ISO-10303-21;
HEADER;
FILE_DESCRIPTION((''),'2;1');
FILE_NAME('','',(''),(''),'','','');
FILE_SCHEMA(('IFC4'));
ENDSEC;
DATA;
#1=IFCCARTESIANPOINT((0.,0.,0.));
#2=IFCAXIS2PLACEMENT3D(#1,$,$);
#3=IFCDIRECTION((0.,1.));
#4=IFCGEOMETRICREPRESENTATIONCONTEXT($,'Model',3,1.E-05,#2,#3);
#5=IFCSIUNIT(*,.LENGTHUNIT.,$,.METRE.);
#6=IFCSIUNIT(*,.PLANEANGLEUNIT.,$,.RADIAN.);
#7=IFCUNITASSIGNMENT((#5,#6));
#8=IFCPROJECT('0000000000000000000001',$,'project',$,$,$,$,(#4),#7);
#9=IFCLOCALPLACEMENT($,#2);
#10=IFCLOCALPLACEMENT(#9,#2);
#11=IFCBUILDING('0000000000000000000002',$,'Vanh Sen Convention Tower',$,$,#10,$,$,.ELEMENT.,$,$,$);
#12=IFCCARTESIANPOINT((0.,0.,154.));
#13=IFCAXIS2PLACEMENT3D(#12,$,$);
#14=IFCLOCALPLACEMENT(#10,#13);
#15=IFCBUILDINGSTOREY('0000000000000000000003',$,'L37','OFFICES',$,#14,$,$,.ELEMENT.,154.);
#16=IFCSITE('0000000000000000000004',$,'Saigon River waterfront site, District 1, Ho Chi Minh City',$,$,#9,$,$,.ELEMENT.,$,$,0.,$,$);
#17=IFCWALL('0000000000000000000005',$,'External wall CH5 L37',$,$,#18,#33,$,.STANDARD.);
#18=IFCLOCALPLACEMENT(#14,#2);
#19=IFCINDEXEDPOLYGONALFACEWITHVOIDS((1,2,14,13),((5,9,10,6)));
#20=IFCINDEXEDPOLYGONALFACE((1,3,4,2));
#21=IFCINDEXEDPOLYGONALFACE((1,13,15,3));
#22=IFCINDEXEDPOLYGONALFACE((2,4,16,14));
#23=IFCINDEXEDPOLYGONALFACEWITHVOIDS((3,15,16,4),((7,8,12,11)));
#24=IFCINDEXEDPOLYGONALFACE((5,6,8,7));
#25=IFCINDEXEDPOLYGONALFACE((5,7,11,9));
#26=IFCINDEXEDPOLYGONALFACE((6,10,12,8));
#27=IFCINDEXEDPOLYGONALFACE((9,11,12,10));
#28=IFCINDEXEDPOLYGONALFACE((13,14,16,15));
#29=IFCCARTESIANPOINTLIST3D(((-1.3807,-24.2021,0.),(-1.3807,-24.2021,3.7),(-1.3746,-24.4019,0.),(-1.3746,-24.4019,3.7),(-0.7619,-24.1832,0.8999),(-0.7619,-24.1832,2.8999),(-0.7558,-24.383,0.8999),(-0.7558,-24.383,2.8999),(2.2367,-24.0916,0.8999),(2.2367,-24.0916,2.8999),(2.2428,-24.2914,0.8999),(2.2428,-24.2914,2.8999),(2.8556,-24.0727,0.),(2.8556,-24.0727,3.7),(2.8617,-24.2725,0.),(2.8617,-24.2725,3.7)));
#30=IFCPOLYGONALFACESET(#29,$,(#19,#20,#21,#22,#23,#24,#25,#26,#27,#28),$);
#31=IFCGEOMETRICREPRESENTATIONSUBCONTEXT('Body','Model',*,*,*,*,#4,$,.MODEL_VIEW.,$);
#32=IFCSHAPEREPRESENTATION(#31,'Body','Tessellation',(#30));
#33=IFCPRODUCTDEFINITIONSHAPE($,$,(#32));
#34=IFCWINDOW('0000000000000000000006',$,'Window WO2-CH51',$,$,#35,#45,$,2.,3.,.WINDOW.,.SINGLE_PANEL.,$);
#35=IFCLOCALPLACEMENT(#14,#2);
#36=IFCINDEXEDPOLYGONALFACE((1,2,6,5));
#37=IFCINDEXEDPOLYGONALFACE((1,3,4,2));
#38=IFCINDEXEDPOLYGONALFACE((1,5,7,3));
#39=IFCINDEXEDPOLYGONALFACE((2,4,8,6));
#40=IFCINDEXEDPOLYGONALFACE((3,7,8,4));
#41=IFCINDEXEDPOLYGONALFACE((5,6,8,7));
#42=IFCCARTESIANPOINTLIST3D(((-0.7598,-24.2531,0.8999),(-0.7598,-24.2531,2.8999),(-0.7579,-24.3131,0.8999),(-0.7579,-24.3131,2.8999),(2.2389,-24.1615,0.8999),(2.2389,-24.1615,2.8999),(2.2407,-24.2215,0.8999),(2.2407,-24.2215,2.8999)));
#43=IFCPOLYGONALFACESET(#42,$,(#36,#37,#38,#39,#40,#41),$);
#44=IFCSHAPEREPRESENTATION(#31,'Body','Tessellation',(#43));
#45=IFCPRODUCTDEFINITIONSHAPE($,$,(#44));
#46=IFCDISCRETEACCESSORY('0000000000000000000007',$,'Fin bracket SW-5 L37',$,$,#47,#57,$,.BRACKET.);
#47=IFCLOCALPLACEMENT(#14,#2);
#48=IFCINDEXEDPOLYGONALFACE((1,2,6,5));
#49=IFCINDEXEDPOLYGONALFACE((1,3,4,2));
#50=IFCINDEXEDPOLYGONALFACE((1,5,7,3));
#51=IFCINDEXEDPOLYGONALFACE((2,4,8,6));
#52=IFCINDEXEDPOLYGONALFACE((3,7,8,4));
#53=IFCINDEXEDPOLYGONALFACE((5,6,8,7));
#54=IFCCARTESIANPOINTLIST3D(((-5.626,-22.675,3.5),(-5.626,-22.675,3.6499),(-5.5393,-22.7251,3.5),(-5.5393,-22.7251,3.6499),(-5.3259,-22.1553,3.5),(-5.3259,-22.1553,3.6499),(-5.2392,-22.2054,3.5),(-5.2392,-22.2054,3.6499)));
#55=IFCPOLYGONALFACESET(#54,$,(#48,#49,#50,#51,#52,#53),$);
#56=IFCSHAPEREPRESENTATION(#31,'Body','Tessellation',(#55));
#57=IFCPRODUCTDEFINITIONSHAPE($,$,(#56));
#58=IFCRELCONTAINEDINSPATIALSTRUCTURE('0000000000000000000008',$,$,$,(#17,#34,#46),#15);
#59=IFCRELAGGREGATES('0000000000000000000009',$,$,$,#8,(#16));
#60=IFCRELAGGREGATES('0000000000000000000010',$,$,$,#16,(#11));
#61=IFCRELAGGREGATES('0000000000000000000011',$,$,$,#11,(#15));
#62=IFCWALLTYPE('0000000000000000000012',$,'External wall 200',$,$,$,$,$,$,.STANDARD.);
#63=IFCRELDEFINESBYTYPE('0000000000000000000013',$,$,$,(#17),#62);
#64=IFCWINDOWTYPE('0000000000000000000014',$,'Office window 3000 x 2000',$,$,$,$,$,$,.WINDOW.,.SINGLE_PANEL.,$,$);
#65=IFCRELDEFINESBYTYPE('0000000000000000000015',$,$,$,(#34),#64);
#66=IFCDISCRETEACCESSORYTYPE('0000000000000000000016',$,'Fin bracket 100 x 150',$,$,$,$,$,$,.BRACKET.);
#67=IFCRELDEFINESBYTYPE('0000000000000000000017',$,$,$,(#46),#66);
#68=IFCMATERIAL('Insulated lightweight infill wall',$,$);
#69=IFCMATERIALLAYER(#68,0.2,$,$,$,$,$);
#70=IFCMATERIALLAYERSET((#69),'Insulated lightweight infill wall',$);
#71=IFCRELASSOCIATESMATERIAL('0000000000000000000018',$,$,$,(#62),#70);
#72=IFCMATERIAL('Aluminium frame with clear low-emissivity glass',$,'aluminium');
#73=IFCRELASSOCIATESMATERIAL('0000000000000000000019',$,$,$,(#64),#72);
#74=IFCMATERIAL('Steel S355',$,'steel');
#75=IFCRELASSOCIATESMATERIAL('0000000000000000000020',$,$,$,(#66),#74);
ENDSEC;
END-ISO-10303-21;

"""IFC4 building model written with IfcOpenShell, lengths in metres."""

from ifc_helpers import new_model, si_unit, direction, frame, frame_2d, origin, origin_2d, place, context, subcontext, project, spatial, rectangle, extrude, material, layer, layer_set, type_object, element, fill, save


model = new_model("IFC4")

# Units and contexts
model_context = context("Model", 3, precision=1e-05, world=origin(), true_north=direction((0.0, 1.0)))
body_context = subcontext(model_context, "Body", "Model", "MODEL_VIEW")
ifc_project = project(units=[si_unit("LENGTHUNIT", "METRE"), si_unit("PLANEANGLEUNIT", "RADIAN")], contexts=[model_context])

# Site, building, storey
site_placement = place(None, origin())
site = spatial("IfcSite", under=ifc_project, at=site_placement, Name="Saigon River waterfront site, District 1, Ho Chi Minh City", CompositionType="ELEMENT", RefElevation=0.0)
building_placement = place(site_placement, origin())
building = spatial("IfcBuilding", under=site, at=building_placement, Name="Vanh Sen Convention Tower", CompositionType="ELEMENT")
storey_placement = place(building_placement, frame((0.0, 0.0, 154.0)))
storey = spatial("IfcBuildingStorey", under=building, at=storey_placement, Name="L37", Description="OFFICES", CompositionType="ELEMENT", Elevation=154.0)

# Wall, opening, window
ifc_material_1 = material(Name="Insulated lightweight infill wall")
ifc_layer_1 = layer(ifc_material_1, 0.2)
ifc_layer_set_1 = layer_set([ifc_layer_1], Name="Insulated lightweight infill wall")
wall_type_1 = type_object("IfcWallType", Name="External wall 200", PredefinedType="STANDARD", material=ifc_layer_set_1)
wall_1_placement = place(storey_placement, frame((-1.3777, -24.302, 0.0), z_axis=(0.0, 0.0, 1.0), x_axis=(0.999534, 0.03053, 0.0)))
wall_1 = element("IfcWall", 1, at=wall_1_placement, inside=storey, type_object=wall_type_1, Name="External wall CH5 L37", PredefinedType="STANDARD", context=body_context, shape_type="SweptSolid", body=[
    extrude(rectangle(XDim=4.2383, YDim=0.2, at=frame_2d((2.1191, 0.0))), origin(), (0.0, 0.0, 1.0), 3.7),
])
opening_1_placement = place(wall_1_placement, frame((0.6191, 0.0, 0.8999)))
opening_1 = element("IfcOpeningElement", 2, at=opening_1_placement, cuts=wall_1, PredefinedType="OPENING", context=body_context, shape_type="SweptSolid", body=[
    extrude(rectangle(XDim=3.0, YDim=2.0, at=frame_2d((1.5, 1.0))), frame((0.0, 0.1099, 0.0), z_axis=(0.0, -1.0, 0.0), x_axis=(1.0, 0.0, 0.0)), (0.0, 0.0, 1.0), 0.22),
])
ifc_material_2 = material(Name="Aluminium frame with clear low-emissivity glass", Category="aluminium")
window_type = type_object("IfcWindowType", Name="Office window 3000 x 2000", PartitioningType="SINGLE_PANEL", PredefinedType="WINDOW", material=ifc_material_2)
window_placement = place(opening_1_placement, origin())
window = element("IfcWindow", 3, at=window_placement, inside=storey, type_object=window_type, Name="Window WO2-CH51", OverallHeight=2.0, OverallWidth=3.0, PartitioningType="SINGLE_PANEL", PredefinedType="WINDOW", context=body_context, shape_type="SweptSolid", body=[
    extrude(rectangle(XDim=3.0, YDim=2.0, at=frame_2d((1.5, 1.0))), frame((0.0, 0.03, 0.0), z_axis=(0.0, -1.0, 0.0), x_axis=(1.0, 0.0, 0.0)), (0.0, 0.0, 1.0), 0.0601),
])
fill(opening_1, window)

# Discrete accessory
ifc_material_3 = material(Name="Steel S355", Category="steel")
discrete_accessory_type = type_object("IfcDiscreteAccessoryType", Name="Fin bracket 100 x 150", PredefinedType="BRACKET", material=ifc_material_3)
discrete_accessory_placement = place(storey_placement, frame((-5.4326, -22.4402, 3.5), z_axis=(0.0, 0.0, 1.0), x_axis=(-0.5, -0.866025, 0.0)))
element("IfcDiscreteAccessory", 4, at=discrete_accessory_placement, inside=storey, type_object=discrete_accessory_type, Name="Fin bracket SW-5 L37", PredefinedType="BRACKET", context=body_context, shape_type="SweptSolid", body=[
    extrude(rectangle(XDim=0.6001, YDim=0.1001, at=origin_2d()), origin(), (0.0, 0.0, 1.0), 0.1499),
])

save(model, "model.ifc")
